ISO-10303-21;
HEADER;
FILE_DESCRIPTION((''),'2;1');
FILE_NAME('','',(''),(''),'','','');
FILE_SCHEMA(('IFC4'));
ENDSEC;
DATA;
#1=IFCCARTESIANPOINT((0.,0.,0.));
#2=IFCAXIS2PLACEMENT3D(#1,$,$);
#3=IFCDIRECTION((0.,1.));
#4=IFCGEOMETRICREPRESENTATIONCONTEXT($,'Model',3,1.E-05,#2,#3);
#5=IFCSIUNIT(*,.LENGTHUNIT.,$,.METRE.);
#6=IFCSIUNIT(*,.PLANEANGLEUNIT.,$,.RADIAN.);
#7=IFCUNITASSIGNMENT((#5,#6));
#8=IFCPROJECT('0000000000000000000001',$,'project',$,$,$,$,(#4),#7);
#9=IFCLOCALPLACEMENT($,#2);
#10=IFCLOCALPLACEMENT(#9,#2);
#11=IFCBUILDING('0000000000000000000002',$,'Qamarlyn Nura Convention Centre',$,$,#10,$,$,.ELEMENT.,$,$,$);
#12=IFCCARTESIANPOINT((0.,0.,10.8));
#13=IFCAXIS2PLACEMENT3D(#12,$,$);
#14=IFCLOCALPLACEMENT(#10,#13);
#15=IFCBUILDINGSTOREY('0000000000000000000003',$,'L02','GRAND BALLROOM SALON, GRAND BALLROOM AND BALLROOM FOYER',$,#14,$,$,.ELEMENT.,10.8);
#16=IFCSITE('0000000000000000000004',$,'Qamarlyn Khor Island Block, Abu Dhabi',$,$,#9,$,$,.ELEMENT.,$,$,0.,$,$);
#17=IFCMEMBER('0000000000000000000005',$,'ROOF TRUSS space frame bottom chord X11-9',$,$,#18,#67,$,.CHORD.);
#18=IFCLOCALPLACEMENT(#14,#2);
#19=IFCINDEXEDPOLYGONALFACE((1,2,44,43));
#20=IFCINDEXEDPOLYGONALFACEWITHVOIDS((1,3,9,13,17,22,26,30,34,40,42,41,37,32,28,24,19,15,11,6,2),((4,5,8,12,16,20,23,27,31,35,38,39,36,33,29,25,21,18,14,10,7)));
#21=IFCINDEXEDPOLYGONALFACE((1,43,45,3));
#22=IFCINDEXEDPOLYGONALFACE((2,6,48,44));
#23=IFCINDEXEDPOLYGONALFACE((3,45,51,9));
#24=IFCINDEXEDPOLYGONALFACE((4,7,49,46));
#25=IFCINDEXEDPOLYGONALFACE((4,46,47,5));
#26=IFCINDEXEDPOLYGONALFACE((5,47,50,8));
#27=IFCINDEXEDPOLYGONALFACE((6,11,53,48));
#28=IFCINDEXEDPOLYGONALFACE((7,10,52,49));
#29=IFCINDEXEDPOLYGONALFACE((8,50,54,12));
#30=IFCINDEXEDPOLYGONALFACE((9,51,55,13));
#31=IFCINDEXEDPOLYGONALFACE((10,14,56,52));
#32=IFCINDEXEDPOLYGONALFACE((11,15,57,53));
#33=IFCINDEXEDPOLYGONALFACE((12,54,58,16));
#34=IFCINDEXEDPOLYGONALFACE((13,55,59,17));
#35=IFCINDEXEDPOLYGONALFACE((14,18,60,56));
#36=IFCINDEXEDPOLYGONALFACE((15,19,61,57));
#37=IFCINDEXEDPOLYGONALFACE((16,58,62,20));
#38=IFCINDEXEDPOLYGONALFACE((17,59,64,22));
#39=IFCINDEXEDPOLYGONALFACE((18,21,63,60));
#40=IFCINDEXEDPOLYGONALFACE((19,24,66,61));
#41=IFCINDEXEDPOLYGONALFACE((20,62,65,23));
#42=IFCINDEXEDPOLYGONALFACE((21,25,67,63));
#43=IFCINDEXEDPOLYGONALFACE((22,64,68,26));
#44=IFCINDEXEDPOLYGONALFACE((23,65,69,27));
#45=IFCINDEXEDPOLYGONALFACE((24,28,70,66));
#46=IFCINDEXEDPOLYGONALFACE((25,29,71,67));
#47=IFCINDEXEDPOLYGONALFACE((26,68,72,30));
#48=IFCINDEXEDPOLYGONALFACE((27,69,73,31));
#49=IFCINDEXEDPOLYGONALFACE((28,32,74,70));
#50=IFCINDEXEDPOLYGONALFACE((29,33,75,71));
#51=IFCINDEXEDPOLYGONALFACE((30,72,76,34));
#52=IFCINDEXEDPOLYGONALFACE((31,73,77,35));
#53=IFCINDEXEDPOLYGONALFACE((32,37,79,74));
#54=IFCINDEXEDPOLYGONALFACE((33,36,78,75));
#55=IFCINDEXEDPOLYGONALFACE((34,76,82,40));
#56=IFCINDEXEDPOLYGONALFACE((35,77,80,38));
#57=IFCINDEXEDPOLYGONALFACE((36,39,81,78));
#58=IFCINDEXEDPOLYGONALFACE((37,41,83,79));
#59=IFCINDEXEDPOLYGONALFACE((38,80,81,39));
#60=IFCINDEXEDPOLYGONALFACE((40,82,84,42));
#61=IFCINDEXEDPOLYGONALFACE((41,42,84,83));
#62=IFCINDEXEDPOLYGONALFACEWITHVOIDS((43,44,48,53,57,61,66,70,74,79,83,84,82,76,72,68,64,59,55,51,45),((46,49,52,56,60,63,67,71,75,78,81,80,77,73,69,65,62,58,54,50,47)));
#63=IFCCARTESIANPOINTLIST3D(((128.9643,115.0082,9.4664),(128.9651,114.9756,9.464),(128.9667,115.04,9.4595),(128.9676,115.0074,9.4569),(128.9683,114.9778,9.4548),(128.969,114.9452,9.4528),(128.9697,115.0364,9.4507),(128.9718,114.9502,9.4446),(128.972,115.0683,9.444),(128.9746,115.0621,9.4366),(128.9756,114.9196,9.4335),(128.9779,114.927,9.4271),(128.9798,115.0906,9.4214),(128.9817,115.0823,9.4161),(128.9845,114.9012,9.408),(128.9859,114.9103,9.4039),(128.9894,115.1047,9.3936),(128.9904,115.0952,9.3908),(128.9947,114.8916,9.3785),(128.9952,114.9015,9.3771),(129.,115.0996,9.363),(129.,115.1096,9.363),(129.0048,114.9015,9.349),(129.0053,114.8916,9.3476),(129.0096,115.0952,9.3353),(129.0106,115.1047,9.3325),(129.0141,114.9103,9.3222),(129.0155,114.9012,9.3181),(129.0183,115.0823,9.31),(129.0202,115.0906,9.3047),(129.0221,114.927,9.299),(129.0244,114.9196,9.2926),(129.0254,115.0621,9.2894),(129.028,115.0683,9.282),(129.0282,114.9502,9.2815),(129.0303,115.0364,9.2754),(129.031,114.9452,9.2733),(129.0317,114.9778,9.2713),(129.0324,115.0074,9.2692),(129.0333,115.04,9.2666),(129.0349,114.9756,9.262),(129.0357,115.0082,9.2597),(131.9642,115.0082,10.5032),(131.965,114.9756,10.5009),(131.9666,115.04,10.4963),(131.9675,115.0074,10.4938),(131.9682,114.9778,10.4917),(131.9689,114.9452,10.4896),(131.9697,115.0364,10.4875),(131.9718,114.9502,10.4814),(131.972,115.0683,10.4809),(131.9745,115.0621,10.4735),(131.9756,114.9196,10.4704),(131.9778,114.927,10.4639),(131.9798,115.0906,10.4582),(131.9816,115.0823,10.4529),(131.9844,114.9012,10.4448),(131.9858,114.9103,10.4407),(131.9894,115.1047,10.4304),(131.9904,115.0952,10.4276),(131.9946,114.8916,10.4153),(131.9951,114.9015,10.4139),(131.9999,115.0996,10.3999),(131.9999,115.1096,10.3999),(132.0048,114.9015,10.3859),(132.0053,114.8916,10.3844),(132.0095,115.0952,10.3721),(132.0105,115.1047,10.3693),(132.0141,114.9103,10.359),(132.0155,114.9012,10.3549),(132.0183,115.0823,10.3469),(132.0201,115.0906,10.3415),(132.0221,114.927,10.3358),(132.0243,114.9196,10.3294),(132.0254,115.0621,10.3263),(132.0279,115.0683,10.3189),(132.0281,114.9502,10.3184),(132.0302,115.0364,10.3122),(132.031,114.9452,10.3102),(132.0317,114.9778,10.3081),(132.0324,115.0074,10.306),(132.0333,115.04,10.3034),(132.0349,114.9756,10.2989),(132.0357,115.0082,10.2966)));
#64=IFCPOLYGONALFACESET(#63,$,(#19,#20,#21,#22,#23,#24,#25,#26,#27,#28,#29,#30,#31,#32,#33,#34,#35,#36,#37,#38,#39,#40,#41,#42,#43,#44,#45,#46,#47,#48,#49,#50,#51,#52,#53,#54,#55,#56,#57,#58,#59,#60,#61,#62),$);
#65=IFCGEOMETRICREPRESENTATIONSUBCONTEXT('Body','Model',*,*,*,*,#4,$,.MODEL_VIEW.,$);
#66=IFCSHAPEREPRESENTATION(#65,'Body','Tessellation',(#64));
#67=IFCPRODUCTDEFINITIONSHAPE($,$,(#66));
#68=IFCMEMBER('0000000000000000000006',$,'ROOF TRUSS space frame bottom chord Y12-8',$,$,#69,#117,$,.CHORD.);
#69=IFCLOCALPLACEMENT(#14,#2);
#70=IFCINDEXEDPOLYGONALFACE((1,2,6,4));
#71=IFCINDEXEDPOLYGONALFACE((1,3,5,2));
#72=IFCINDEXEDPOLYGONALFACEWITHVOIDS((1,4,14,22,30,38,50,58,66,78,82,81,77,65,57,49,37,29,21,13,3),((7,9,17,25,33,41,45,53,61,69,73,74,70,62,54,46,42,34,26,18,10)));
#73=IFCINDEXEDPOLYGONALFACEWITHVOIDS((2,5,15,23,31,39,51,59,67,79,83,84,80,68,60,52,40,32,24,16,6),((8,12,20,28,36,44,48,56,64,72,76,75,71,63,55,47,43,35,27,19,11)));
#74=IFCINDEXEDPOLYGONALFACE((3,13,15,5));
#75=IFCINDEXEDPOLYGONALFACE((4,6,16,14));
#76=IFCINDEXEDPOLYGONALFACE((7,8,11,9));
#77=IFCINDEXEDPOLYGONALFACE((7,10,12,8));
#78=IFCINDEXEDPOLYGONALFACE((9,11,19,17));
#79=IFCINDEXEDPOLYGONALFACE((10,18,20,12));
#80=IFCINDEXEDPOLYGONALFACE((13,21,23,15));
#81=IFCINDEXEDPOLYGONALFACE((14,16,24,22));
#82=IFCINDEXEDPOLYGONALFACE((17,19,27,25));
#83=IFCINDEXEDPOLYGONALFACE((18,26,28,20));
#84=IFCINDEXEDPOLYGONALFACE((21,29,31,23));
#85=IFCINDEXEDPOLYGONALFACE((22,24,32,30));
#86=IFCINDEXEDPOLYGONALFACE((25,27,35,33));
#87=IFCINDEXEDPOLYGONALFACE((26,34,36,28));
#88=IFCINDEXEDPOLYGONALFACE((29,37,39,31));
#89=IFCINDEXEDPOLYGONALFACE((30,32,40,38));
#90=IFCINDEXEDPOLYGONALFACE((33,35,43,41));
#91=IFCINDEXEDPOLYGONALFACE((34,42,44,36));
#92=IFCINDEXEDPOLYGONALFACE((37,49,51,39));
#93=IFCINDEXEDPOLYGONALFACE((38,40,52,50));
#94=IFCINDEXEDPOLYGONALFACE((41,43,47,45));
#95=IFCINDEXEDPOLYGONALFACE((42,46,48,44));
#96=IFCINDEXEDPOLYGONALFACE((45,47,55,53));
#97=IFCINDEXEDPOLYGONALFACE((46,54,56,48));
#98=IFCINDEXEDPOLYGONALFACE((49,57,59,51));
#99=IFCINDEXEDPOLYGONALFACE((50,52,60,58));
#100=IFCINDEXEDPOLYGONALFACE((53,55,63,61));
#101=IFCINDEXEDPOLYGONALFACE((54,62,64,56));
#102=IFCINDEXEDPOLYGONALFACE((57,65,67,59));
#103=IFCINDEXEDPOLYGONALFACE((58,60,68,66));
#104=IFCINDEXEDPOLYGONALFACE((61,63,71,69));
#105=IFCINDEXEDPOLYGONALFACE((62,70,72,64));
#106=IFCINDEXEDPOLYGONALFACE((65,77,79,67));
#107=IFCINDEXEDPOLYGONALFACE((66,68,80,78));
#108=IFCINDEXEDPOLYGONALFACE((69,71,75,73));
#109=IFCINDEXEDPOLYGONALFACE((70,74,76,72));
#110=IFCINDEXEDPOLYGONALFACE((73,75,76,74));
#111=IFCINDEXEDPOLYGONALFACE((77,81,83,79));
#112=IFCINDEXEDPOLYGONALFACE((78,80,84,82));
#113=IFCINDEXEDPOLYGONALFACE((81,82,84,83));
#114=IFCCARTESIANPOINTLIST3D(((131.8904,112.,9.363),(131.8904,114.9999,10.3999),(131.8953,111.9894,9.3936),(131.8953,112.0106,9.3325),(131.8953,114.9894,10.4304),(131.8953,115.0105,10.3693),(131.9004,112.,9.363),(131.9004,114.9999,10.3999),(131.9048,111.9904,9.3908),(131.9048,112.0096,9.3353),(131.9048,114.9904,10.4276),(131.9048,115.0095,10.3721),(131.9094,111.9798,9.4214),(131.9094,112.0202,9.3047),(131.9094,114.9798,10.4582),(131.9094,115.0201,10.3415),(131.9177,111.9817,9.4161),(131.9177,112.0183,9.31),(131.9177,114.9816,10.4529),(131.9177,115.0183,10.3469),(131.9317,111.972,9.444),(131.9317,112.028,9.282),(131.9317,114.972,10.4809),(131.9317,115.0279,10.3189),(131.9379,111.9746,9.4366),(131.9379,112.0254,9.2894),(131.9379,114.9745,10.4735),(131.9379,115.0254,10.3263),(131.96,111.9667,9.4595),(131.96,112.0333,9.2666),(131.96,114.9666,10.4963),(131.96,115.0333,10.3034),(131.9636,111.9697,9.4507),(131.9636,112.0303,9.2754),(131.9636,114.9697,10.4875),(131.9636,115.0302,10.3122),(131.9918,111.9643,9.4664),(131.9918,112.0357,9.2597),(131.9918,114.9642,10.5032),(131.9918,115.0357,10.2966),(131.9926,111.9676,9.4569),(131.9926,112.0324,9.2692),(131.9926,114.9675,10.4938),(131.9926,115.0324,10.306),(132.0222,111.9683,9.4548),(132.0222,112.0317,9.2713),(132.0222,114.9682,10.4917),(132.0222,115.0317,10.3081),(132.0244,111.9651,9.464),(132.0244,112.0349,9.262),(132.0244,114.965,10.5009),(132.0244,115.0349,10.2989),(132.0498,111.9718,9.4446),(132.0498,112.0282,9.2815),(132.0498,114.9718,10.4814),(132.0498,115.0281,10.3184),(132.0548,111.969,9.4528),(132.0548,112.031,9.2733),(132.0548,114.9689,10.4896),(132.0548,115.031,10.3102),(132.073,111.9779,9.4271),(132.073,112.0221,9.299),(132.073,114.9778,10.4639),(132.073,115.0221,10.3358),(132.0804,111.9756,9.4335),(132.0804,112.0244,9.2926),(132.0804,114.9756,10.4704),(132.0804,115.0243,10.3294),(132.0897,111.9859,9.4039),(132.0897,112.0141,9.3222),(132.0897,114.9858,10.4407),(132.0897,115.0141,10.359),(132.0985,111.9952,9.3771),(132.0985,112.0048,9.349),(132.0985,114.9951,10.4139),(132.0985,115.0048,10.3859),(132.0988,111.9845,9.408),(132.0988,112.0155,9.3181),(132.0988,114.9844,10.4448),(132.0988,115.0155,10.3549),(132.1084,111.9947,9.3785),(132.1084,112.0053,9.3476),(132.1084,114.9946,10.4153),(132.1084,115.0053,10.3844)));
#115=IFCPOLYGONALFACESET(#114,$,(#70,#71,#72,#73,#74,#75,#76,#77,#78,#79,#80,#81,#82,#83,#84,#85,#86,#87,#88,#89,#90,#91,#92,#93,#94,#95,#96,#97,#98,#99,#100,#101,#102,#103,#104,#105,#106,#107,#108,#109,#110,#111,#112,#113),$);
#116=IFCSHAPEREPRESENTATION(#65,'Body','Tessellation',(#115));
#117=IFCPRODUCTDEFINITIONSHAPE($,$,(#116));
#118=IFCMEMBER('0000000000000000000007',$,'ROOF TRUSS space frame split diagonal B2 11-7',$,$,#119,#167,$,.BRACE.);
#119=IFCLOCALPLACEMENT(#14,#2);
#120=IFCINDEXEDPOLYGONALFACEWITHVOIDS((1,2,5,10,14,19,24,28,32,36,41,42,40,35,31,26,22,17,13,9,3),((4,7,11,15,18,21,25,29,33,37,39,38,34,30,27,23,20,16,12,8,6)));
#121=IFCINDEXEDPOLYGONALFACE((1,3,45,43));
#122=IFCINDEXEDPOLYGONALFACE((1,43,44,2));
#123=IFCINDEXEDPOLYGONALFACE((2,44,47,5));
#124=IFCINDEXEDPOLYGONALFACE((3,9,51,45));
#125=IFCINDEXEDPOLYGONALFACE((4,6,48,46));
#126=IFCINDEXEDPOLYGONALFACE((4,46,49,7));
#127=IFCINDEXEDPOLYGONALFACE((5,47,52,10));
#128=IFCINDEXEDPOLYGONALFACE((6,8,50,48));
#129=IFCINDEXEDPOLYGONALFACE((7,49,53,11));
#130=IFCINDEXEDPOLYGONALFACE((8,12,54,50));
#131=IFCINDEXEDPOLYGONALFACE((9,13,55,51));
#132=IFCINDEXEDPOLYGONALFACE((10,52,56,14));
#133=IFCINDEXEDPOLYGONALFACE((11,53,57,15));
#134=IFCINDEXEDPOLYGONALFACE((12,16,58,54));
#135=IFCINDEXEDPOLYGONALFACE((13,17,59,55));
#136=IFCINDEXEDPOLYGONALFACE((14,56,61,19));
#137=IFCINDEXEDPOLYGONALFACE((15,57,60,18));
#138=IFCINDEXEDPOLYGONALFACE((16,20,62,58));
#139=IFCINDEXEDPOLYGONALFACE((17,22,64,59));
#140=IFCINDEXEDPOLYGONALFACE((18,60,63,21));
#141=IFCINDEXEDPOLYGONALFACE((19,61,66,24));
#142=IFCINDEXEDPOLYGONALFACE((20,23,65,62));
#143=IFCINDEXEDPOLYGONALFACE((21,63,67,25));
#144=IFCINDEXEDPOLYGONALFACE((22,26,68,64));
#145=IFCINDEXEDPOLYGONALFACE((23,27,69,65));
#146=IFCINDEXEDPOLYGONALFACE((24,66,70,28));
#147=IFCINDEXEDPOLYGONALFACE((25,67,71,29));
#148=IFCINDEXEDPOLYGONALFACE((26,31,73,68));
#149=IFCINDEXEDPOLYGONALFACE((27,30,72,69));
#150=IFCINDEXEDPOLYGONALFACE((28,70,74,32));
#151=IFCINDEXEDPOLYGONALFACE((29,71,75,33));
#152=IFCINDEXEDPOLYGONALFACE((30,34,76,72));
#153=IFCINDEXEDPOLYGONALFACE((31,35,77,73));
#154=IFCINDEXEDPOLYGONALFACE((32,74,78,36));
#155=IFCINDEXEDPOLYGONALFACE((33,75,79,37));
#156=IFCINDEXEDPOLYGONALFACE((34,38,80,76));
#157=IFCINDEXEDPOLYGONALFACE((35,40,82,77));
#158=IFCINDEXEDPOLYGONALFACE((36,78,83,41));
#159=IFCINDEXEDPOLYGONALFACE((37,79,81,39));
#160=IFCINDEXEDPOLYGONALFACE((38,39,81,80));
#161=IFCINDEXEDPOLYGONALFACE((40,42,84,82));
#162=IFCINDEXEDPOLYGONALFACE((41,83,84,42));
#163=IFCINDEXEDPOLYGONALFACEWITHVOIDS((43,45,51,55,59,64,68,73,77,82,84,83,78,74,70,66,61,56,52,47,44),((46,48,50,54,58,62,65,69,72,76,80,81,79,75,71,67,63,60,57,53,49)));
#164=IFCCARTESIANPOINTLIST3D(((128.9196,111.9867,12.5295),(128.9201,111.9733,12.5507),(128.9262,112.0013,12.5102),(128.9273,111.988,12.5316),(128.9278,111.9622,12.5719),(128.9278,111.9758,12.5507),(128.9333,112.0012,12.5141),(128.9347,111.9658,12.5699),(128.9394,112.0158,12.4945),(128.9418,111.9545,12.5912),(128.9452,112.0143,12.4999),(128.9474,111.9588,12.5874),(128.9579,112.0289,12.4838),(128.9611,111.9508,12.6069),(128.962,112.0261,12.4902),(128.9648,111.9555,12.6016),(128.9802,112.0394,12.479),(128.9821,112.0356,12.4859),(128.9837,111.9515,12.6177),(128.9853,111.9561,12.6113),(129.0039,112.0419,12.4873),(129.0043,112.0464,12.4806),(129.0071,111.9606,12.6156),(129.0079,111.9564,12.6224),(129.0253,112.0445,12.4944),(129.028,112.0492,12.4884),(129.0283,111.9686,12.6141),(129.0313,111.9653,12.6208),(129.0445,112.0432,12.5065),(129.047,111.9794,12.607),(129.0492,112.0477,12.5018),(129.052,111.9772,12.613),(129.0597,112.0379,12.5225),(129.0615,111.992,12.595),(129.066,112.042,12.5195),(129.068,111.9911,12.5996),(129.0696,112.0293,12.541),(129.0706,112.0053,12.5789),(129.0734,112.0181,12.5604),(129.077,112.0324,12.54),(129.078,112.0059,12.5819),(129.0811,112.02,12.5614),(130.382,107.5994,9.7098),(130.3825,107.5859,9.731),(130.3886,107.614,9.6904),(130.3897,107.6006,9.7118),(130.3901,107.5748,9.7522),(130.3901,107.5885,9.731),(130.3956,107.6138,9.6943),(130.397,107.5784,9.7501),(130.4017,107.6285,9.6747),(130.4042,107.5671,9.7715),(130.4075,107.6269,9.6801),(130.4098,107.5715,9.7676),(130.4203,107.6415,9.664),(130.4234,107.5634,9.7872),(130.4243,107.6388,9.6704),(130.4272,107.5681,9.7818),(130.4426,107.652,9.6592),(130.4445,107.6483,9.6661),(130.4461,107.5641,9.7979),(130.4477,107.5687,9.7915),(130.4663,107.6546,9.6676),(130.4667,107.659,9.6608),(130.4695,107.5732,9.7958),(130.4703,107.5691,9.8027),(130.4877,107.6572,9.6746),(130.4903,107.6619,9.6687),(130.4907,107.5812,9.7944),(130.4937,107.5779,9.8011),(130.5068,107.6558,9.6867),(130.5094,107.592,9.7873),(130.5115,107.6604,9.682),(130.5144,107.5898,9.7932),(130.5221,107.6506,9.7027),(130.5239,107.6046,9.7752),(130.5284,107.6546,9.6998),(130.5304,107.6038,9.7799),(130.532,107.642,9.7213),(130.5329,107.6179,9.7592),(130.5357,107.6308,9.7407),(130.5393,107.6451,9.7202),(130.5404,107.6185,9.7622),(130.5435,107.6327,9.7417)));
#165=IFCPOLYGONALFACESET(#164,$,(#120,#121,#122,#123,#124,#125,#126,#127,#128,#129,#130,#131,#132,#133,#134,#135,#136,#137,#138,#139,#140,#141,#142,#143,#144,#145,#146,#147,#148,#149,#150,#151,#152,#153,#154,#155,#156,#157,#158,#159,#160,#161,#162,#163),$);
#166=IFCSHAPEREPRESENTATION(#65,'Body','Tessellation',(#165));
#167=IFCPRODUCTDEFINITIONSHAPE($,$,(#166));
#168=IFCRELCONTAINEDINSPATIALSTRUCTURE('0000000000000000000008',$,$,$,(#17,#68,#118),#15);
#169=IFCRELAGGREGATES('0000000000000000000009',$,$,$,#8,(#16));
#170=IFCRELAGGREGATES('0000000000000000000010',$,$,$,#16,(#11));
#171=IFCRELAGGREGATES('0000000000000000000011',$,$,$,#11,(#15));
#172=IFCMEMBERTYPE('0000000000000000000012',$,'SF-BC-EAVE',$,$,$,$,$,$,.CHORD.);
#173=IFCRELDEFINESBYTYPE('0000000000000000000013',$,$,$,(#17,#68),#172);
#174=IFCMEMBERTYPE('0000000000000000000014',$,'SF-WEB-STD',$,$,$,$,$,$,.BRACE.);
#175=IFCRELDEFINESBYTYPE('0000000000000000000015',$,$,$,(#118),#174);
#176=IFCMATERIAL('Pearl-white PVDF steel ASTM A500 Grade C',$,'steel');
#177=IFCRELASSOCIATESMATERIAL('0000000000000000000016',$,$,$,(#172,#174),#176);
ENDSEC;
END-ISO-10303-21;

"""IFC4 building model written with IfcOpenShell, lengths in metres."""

from ifc_helpers import new_model, si_unit, direction, frame, origin, origin_2d, place, context, subcontext, project, spatial, hollow_circle, extrude, material, material_profile, profile_set, type_object, element, save


model = new_model("IFC4")

# Units and contexts
model_context = context("Model", 3, precision=1e-05, world=origin(), true_north=direction((0.0, 1.0)))
body_context = subcontext(model_context, "Body", "Model", "MODEL_VIEW")
ifc_project = project(units=[si_unit("LENGTHUNIT", "METRE"), si_unit("PLANEANGLEUNIT", "RADIAN")], contexts=[model_context])

# Site, building, storey
site_placement = place(None, origin())
site = spatial("IfcSite", under=ifc_project, at=site_placement, Name="Qamarlyn Khor Island Block, Abu Dhabi", CompositionType="ELEMENT", RefElevation=0.0)
building_placement = place(site_placement, origin())
building = spatial("IfcBuilding", under=site, at=building_placement, Name="Qamarlyn Nura Convention Centre", CompositionType="ELEMENT")
storey_placement = place(building_placement, frame((0.0, 0.0, 10.8)))
storey = spatial("IfcBuildingStorey", under=building, at=storey_placement, Name="L02", Description="GRAND BALLROOM SALON, GRAND BALLROOM AND BALLROOM FOYER", CompositionType="ELEMENT", Elevation=10.8)

# Members
ifc_material_1 = material(Name="Pearl-white PVDF steel ASTM A500 Grade C", Category="steel")
ifc_material_profile_1 = material_profile(ifc_material_1, hollow_circle(Radius=0.1096, WallThickness=0.01, at=origin_2d()), Name="CHS219.1X10")
ifc_profile_set_1 = profile_set([ifc_material_profile_1], Name="Pearl-white PVDF steel ASTM A500 Grade C")
member_type_1 = type_object("IfcMemberType", Name="SF-BC-EAVE", PredefinedType="CHORD", material=ifc_profile_set_1)
for number, where, z_axis, x_axis, name in (
    (1, (129.0, 115.0, 9.363), (0.945141, 0.0, 0.326661), (0.0, 1.0, 0.0), "ROOF TRUSS space frame bottom chord X11-9"),
    (2, (132.0, 112.0, 9.363), (0.0, 0.945141, 0.326661), (-1.0, 0.0, 0.0), "ROOF TRUSS space frame bottom chord Y12-8"),
):
    element("IfcMember", number, at=place(storey_placement, frame(where, z_axis=z_axis, x_axis=x_axis)), inside=storey, type_object=member_type_1, Name=name, PredefinedType="CHORD", context=body_context, shape_type="SweptSolid", body=[
        extrude(hollow_circle(Radius=0.1096, WallThickness=0.01, at=origin_2d()), origin(), (0.0, 0.0, 1.0), 3.1741),
    ])
ifc_material_profile_2 = material_profile(ifc_material_1, hollow_circle(Radius=0.0842, WallThickness=0.0081, at=origin_2d()), Name="CHS168.3X8")
ifc_profile_set_2 = profile_set([ifc_material_profile_2], Name="Pearl-white PVDF steel ASTM A500 Grade C")
member_type_2 = type_object("IfcMemberType", Name="SF-WEB-STD", PredefinedType="BRACE", material=ifc_profile_set_2)
member_1_placement = place(storey_placement, frame((130.4624, 107.6125, 9.731), z_axis=(-0.269984, 0.809998, 0.520588), x_axis=(-0.948689, -0.316212, 0.0)))
element("IfcMember", 3, at=member_1_placement, inside=storey, type_object=member_type_2, Name="ROOF TRUSS space frame split diagonal B2 11-7", PredefinedType="BRACE", context=body_context, shape_type="SweptSolid", body=[
    extrude(hollow_circle(Radius=0.0842, WallThickness=0.0081, at=origin_2d()), origin(), (0.0, 0.0, 1.0), 5.4165),
])

save(model, "model.ifc")
